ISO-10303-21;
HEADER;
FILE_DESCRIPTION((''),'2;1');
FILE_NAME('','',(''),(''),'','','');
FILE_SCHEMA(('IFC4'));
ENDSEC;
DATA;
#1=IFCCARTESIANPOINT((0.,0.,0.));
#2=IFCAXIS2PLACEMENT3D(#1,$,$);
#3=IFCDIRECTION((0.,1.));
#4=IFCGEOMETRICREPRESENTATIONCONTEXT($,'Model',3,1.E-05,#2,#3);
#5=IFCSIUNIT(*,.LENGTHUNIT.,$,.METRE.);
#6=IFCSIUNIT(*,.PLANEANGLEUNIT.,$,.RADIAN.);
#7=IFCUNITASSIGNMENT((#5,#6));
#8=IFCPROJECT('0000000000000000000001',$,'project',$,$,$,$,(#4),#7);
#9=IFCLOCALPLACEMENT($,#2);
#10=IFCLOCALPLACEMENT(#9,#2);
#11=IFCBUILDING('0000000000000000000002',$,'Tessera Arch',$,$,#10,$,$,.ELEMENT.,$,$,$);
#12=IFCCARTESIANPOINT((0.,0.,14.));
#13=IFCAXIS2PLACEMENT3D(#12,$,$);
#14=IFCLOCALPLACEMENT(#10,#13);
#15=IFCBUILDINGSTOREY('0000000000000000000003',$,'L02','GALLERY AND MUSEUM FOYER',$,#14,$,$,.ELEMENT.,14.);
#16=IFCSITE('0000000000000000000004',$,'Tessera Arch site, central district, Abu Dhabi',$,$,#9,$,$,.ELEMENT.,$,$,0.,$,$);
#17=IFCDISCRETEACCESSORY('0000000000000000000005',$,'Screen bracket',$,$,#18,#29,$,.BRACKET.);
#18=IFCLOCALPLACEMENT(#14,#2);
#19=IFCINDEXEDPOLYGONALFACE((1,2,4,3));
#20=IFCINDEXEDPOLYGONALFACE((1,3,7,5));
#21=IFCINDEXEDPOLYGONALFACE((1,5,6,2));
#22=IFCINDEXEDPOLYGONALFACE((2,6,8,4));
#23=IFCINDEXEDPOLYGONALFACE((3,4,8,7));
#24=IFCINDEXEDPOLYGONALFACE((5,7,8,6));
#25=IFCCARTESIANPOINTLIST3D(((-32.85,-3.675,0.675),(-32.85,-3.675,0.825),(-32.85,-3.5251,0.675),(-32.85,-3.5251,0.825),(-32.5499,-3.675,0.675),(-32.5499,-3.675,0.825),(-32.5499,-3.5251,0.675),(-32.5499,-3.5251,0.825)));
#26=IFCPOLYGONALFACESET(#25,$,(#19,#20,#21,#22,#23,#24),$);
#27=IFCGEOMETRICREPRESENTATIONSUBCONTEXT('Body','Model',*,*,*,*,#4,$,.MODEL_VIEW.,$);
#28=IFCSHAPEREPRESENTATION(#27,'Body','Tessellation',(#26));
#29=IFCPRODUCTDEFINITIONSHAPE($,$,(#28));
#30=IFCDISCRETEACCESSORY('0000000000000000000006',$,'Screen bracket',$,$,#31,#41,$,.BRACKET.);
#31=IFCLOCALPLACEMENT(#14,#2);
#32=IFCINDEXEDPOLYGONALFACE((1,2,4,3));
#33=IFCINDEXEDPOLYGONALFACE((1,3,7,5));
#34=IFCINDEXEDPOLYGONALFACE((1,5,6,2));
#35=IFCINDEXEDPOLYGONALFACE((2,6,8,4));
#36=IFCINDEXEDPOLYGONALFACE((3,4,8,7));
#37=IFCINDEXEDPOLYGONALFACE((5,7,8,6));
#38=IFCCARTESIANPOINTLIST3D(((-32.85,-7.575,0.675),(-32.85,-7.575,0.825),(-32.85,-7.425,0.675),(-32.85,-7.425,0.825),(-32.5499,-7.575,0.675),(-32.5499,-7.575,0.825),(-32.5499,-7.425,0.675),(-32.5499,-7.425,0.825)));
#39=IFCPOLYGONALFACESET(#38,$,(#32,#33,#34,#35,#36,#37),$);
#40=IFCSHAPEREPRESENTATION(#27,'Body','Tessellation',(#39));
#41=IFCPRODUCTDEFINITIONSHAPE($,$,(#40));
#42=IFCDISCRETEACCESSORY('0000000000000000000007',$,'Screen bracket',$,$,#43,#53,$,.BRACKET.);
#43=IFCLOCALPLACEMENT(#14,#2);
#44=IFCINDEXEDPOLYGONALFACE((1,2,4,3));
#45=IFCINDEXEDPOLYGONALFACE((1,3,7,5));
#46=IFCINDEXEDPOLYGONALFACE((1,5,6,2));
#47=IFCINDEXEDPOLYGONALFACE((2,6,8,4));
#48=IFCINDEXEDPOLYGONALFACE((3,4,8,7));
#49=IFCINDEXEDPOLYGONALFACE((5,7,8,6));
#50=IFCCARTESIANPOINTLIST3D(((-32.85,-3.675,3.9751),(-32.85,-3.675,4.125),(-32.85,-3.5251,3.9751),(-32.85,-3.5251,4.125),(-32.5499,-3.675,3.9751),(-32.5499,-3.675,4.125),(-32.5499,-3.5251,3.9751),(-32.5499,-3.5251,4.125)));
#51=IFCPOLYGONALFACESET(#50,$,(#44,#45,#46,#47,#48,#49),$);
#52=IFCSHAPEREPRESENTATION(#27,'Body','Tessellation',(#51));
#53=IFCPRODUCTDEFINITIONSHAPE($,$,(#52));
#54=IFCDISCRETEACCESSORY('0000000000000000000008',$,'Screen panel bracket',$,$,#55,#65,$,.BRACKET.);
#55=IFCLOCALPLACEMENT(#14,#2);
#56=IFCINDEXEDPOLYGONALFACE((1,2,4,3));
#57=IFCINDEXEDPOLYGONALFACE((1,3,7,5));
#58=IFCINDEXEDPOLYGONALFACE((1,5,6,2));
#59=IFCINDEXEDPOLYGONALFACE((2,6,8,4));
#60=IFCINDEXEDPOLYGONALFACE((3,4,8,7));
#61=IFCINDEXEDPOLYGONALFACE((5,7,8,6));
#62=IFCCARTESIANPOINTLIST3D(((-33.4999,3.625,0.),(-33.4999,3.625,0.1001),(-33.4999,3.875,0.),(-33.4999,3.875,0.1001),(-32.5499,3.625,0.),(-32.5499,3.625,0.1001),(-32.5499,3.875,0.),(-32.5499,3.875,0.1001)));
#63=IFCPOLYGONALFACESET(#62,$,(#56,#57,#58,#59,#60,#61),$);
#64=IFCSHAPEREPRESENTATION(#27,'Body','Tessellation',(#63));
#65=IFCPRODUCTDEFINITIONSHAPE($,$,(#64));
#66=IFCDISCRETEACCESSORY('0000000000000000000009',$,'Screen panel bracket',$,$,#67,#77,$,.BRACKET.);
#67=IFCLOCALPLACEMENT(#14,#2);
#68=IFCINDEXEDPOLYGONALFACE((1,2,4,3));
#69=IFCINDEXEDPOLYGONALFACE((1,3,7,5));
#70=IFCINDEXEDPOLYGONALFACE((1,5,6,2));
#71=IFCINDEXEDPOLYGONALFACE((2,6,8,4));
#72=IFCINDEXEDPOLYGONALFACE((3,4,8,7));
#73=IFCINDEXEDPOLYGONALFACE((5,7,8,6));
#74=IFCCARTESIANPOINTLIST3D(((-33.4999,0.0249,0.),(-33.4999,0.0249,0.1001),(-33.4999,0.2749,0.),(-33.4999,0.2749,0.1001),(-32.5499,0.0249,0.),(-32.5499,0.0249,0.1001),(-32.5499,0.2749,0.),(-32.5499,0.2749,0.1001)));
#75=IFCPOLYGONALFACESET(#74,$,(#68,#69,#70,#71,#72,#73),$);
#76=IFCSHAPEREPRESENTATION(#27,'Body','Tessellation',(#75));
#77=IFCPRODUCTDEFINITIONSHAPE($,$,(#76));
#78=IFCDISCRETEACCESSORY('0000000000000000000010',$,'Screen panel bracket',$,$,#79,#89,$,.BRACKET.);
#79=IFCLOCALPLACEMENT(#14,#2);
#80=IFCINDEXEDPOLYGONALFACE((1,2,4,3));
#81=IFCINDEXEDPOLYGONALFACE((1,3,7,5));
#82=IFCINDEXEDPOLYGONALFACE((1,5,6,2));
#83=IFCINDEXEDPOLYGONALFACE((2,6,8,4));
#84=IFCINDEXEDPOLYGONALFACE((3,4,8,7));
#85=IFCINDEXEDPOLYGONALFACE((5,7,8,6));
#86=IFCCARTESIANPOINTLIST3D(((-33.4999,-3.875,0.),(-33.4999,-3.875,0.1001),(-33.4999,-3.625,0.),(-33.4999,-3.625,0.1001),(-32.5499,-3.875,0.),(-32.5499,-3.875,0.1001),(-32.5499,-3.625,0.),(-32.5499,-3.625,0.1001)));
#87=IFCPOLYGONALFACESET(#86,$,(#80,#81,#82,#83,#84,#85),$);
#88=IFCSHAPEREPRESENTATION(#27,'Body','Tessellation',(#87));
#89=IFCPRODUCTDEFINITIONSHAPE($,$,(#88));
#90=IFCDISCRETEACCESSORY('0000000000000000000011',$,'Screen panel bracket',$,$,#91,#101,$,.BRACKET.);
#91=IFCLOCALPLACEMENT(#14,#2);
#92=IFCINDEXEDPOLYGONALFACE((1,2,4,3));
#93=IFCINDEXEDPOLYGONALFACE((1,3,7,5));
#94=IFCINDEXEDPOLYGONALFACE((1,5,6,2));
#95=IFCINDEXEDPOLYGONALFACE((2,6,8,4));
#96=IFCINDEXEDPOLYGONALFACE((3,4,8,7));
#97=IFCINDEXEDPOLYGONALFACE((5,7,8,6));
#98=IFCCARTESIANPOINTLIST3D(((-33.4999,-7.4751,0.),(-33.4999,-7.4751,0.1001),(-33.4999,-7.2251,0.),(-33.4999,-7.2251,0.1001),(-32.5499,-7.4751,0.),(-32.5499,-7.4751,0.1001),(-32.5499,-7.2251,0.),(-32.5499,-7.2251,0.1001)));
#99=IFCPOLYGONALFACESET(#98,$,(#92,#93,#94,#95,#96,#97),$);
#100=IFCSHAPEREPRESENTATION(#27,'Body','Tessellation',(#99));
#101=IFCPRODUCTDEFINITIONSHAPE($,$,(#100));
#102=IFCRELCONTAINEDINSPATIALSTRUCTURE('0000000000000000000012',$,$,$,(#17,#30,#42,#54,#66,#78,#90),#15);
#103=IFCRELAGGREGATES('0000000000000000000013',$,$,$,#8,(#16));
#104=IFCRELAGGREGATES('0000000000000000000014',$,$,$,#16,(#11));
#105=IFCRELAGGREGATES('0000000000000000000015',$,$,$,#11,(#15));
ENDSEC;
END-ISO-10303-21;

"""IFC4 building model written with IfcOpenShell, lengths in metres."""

from ifc_helpers import new_model, si_unit, direction, frame, origin, origin_2d, place, context, subcontext, project, spatial, rectangle, extrude, element, save


model = new_model("IFC4")

# Units and contexts
model_context = context("Model", 3, precision=1e-05, world=origin(), true_north=direction((0.0, 1.0)))
body_context = subcontext(model_context, "Body", "Model", "MODEL_VIEW")
ifc_project = project(units=[si_unit("LENGTHUNIT", "METRE"), si_unit("PLANEANGLEUNIT", "RADIAN")], contexts=[model_context])

# Site, building, storey
site_placement = place(None, origin())
site = spatial("IfcSite", under=ifc_project, at=site_placement, Name="Tessera Arch site, central district, Abu Dhabi", CompositionType="ELEMENT", RefElevation=0.0)
building_placement = place(site_placement, origin())
building = spatial("IfcBuilding", under=site, at=building_placement, Name="Tessera Arch", CompositionType="ELEMENT")
storey_placement = place(building_placement, frame((0.0, 0.0, 14.0)))
storey = spatial("IfcBuildingStorey", under=building, at=storey_placement, Name="L02", Description="GALLERY AND MUSEUM FOYER", CompositionType="ELEMENT", Elevation=14.0)

# Discrete accessories
for number, where, z_axis, x_axis, name in (
    (1, (-32.7, -3.6001, 0.675), (0.0, 0.0, 1.0), (-1.0, 0.0, 0.0), "Screen bracket"),
    (2, (-32.7, -7.5, 0.675), (0.0, 0.0, 1.0), (-1.0, 0.0, 0.0), "Screen bracket"),
    (3, (-32.7, -3.6001, 3.9751), (0.0, 0.0, 1.0), (-1.0, 0.0, 0.0), "Screen bracket"),
):
    element("IfcDiscreteAccessory", number, at=place(storey_placement, frame(where, z_axis=z_axis, x_axis=x_axis)), inside=storey, Name=name, PredefinedType="BRACKET", context=body_context, shape_type="SweptSolid", body=[
        extrude(rectangle(XDim=0.3, YDim=0.1499, at=origin_2d()), origin(), (0.0, 0.0, 1.0), 0.1499),
    ])
for number, where, z_axis, x_axis, name in (
    (4, (-33.0249, 3.75, 0.0), (0.0, 0.0, 1.0), (-1.0, 0.0, 0.0), "Screen panel bracket"),
    (5, (-33.0249, 0.1499, 0.0), (0.0, 0.0, 1.0), (-1.0, 0.0, 0.0), "Screen panel bracket"),
    (6, (-33.0249, -3.75, 0.0), (0.0, 0.0, 1.0), (-1.0, 0.0, 0.0), "Screen panel bracket"),
    (7, (-33.0249, -7.3501, 0.0), (0.0, 0.0, 1.0), (-1.0, 0.0, 0.0), "Screen panel bracket"),
):
    element("IfcDiscreteAccessory", number, at=place(storey_placement, frame(where, z_axis=z_axis, x_axis=x_axis)), inside=storey, Name=name, PredefinedType="BRACKET", context=body_context, shape_type="SweptSolid", body=[
        extrude(rectangle(XDim=0.95, YDim=0.25, at=origin_2d()), origin(), (0.0, 0.0, 1.0), 0.1001),
    ])

save(model, "model.ifc")
